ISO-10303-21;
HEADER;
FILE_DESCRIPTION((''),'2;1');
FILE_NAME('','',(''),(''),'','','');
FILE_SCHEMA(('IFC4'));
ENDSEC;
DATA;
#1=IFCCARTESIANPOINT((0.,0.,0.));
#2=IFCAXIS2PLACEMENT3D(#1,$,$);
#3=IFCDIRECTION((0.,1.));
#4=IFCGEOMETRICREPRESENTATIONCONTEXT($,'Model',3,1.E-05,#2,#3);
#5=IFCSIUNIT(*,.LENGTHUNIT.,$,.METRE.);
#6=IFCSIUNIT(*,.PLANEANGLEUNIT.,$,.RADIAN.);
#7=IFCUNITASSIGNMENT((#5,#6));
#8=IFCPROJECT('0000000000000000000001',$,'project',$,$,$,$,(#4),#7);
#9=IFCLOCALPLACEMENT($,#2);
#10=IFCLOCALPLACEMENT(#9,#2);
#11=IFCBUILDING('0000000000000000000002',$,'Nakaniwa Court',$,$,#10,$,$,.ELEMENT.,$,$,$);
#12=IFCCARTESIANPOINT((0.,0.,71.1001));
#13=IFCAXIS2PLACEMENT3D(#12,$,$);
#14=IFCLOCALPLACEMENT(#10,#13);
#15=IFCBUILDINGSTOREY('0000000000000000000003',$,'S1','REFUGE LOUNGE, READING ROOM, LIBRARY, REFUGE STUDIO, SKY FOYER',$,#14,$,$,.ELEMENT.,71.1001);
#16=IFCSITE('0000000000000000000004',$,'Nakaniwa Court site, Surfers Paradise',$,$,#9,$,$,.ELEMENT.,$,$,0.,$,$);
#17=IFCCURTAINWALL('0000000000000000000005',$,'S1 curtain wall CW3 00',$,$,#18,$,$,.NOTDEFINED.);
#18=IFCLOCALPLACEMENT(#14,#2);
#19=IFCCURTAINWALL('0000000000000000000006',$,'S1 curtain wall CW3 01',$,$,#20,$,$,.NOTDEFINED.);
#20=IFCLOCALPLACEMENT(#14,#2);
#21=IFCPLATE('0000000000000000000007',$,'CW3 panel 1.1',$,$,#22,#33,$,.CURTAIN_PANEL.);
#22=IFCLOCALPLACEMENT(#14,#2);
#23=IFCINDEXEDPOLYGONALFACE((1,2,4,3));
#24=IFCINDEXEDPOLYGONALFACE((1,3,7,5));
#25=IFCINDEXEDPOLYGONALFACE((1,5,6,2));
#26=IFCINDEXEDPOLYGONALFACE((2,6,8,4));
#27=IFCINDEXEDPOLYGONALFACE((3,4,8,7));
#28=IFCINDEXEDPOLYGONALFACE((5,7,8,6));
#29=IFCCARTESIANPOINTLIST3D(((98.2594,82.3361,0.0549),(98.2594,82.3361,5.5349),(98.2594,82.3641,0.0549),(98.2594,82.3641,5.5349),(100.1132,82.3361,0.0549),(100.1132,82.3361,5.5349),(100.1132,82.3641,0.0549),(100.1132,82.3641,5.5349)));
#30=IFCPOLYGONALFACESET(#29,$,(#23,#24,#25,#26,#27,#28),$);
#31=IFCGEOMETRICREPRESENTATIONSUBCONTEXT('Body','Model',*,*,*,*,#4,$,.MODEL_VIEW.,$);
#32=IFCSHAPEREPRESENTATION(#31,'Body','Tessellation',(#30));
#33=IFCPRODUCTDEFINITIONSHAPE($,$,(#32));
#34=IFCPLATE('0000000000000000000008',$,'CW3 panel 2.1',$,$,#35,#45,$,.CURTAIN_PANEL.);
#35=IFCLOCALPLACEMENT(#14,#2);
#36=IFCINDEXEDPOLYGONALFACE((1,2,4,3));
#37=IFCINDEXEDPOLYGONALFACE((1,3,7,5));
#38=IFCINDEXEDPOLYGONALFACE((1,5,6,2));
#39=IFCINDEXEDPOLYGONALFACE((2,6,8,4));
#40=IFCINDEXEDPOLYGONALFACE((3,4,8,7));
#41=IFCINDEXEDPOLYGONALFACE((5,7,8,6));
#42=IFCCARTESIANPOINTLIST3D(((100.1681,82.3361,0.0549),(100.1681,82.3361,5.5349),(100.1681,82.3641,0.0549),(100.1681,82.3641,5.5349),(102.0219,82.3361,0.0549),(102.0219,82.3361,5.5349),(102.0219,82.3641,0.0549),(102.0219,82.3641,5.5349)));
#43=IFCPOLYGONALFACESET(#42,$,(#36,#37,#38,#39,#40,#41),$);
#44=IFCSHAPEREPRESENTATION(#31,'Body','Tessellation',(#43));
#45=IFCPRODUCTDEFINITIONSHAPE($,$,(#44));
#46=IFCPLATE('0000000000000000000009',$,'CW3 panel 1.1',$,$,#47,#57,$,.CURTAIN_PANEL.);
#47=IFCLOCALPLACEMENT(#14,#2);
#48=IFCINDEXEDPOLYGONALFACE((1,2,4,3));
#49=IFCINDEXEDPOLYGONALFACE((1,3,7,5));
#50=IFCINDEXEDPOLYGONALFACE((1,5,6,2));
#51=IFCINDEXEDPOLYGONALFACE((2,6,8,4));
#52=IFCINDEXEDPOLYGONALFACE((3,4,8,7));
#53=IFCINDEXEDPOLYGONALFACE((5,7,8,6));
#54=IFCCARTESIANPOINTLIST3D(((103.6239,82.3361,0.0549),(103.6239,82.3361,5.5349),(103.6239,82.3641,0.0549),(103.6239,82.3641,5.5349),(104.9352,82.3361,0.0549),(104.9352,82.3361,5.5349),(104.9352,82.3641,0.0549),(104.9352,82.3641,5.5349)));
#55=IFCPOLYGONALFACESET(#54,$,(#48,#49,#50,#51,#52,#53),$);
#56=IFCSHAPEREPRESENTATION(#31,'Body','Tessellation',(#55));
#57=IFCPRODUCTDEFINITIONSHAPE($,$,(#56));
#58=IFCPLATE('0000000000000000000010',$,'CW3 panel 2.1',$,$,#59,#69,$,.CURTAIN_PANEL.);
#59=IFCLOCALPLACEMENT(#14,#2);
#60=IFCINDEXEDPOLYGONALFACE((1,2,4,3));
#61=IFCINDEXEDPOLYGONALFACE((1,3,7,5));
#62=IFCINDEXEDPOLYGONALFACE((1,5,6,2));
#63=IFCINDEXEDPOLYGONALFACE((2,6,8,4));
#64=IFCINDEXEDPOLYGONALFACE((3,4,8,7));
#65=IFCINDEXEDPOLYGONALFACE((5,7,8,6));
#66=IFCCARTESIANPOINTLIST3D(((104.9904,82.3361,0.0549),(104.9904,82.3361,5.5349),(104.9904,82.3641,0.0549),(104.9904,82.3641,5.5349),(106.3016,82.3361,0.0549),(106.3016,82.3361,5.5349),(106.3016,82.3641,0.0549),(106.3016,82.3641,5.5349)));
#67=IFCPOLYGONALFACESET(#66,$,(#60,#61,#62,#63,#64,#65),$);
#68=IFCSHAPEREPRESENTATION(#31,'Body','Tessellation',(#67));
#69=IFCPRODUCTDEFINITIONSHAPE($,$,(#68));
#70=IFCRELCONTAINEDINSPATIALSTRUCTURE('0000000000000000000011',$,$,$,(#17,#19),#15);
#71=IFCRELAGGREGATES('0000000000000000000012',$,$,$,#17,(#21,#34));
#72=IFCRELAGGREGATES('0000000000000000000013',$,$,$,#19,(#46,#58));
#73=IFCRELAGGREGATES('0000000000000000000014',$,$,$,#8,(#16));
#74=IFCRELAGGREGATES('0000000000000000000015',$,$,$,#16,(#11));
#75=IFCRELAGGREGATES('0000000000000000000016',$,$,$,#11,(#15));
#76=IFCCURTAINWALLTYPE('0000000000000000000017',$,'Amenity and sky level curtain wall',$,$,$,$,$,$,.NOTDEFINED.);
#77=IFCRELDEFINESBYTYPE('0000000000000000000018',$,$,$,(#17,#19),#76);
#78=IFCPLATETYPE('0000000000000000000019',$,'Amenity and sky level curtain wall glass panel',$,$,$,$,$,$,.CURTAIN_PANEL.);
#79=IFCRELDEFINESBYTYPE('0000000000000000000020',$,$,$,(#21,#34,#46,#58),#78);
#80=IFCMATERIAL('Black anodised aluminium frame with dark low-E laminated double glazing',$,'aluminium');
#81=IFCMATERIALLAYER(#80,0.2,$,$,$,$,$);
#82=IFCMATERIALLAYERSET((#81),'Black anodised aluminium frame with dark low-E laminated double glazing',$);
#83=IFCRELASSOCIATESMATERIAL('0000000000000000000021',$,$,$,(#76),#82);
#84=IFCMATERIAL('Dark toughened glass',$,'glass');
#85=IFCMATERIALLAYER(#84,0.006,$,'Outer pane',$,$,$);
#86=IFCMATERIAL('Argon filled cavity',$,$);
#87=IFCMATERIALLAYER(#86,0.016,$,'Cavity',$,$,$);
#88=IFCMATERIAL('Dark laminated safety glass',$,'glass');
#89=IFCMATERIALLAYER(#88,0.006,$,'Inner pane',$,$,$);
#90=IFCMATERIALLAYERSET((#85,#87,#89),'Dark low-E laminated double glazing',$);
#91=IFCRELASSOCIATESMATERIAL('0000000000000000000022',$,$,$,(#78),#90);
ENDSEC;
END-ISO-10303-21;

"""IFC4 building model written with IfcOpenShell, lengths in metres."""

from ifc_helpers import new_model, si_unit, direction, frame, origin, origin_2d, place, context, subcontext, project, spatial, rectangle, extrude, material, layer, layer_set, type_object, element, aggregate, save


model = new_model("IFC4")

# Units and contexts
model_context = context("Model", 3, precision=1e-05, world=origin(), true_north=direction((0.0, 1.0)))
body_context = subcontext(model_context, "Body", "Model", "MODEL_VIEW")
ifc_project = project(units=[si_unit("LENGTHUNIT", "METRE"), si_unit("PLANEANGLEUNIT", "RADIAN")], contexts=[model_context])

# Site, building, storey
site_placement = place(None, origin())
site = spatial("IfcSite", under=ifc_project, at=site_placement, Name="Nakaniwa Court site, Surfers Paradise", CompositionType="ELEMENT", RefElevation=0.0)
building_placement = place(site_placement, origin())
building = spatial("IfcBuilding", under=site, at=building_placement, Name="Nakaniwa Court", CompositionType="ELEMENT")
storey_placement = place(building_placement, frame((0.0, 0.0, 71.1001)))
storey = spatial("IfcBuildingStorey", under=building, at=storey_placement, Name="S1", Description="REFUGE LOUNGE, READING ROOM, LIBRARY, REFUGE STUDIO, SKY FOYER", CompositionType="ELEMENT", Elevation=71.1001)

# Curtain walls
ifc_material_1 = material(Name="Black anodised aluminium frame with dark low-E laminated double glazing", Category="aluminium")
ifc_layer_1 = layer(ifc_material_1, 0.2)
ifc_layer_set_1 = layer_set([ifc_layer_1], Name="Black anodised aluminium frame with dark low-E laminated double glazing")
curtain_wall_type = type_object("IfcCurtainWallType", Name="Amenity and sky level curtain wall", PredefinedType="NOTDEFINED", material=ifc_layer_set_1)
curtain_wall_1_placement = place(storey_placement, origin())
curtain_wall_1 = element("IfcCurtainWall", 1, at=curtain_wall_1_placement, inside=storey, type_object=curtain_wall_type, Name="S1 curtain wall CW3 00", PredefinedType="NOTDEFINED")
curtain_wall_2_placement = place(storey_placement, origin())
curtain_wall_2 = element("IfcCurtainWall", 2, at=curtain_wall_2_placement, inside=storey, type_object=curtain_wall_type, Name="S1 curtain wall CW3 01", PredefinedType="NOTDEFINED")

# Plates
ifc_material_2 = material(Name="Dark toughened glass", Category="glass")
ifc_layer_2 = layer(ifc_material_2, 0.006, Name="Outer pane")
ifc_material_3 = material(Name="Argon filled cavity")
ifc_layer_3 = layer(ifc_material_3, 0.016, Name="Cavity")
ifc_material_4 = material(Name="Dark laminated safety glass", Category="glass")
ifc_layer_4 = layer(ifc_material_4, 0.006, Name="Inner pane")
ifc_layer_set_2 = layer_set([ifc_layer_2, ifc_layer_3, ifc_layer_4], Name="Dark low-E laminated double glazing")
plate_type = type_object("IfcPlateType", Name="Amenity and sky level curtain wall glass panel", PredefinedType="CURTAIN_PANEL", material=ifc_layer_set_2)
plate_1_placement = place(storey_placement, frame((99.1863, 82.3501, 0.0549), z_axis=(0.0, 0.0, 1.0), x_axis=(1.0, 0.0, 0.0)))
plate_1 = element("IfcPlate", 3, at=plate_1_placement, type_object=plate_type, Name="CW3 panel 1.1", PredefinedType="CURTAIN_PANEL", context=body_context, shape_type="SweptSolid", body=[
    extrude(rectangle(XDim=1.8538, YDim=0.0281, at=origin_2d()), origin(), (0.0, 0.0, 1.0), 5.48),
])
plate_2_placement = place(storey_placement, frame((101.095, 82.3501, 0.0549), z_axis=(0.0, 0.0, 1.0), x_axis=(1.0, 0.0, 0.0)))
plate_2 = element("IfcPlate", 4, at=plate_2_placement, type_object=plate_type, Name="CW3 panel 2.1", PredefinedType="CURTAIN_PANEL", context=body_context, shape_type="SweptSolid", body=[
    extrude(rectangle(XDim=1.8538, YDim=0.0281, at=origin_2d()), origin(), (0.0, 0.0, 1.0), 5.48),
])
aggregate(curtain_wall_1, [plate_1, plate_2])
plate_3_placement = place(storey_placement, frame((104.2795, 82.3501, 0.0549), z_axis=(0.0, 0.0, 1.0), x_axis=(1.0, 0.0, 0.0)))
plate_3 = element("IfcPlate", 5, at=plate_3_placement, type_object=plate_type, Name="CW3 panel 1.1", PredefinedType="CURTAIN_PANEL", context=body_context, shape_type="SweptSolid", body=[
    extrude(rectangle(XDim=1.3113, YDim=0.0281, at=origin_2d()), origin(), (0.0, 0.0, 1.0), 5.48),
])
plate_4_placement = place(storey_placement, frame((105.646, 82.3501, 0.0549), z_axis=(0.0, 0.0, 1.0), x_axis=(1.0, 0.0, 0.0)))
plate_4 = element("IfcPlate", 6, at=plate_4_placement, type_object=plate_type, Name="CW3 panel 2.1", PredefinedType="CURTAIN_PANEL", context=body_context, shape_type="SweptSolid", body=[
    extrude(rectangle(XDim=1.3113, YDim=0.0281, at=origin_2d()), origin(), (0.0, 0.0, 1.0), 5.48),
])
aggregate(curtain_wall_2, [plate_3, plate_4])

save(model, "model.ifc")
